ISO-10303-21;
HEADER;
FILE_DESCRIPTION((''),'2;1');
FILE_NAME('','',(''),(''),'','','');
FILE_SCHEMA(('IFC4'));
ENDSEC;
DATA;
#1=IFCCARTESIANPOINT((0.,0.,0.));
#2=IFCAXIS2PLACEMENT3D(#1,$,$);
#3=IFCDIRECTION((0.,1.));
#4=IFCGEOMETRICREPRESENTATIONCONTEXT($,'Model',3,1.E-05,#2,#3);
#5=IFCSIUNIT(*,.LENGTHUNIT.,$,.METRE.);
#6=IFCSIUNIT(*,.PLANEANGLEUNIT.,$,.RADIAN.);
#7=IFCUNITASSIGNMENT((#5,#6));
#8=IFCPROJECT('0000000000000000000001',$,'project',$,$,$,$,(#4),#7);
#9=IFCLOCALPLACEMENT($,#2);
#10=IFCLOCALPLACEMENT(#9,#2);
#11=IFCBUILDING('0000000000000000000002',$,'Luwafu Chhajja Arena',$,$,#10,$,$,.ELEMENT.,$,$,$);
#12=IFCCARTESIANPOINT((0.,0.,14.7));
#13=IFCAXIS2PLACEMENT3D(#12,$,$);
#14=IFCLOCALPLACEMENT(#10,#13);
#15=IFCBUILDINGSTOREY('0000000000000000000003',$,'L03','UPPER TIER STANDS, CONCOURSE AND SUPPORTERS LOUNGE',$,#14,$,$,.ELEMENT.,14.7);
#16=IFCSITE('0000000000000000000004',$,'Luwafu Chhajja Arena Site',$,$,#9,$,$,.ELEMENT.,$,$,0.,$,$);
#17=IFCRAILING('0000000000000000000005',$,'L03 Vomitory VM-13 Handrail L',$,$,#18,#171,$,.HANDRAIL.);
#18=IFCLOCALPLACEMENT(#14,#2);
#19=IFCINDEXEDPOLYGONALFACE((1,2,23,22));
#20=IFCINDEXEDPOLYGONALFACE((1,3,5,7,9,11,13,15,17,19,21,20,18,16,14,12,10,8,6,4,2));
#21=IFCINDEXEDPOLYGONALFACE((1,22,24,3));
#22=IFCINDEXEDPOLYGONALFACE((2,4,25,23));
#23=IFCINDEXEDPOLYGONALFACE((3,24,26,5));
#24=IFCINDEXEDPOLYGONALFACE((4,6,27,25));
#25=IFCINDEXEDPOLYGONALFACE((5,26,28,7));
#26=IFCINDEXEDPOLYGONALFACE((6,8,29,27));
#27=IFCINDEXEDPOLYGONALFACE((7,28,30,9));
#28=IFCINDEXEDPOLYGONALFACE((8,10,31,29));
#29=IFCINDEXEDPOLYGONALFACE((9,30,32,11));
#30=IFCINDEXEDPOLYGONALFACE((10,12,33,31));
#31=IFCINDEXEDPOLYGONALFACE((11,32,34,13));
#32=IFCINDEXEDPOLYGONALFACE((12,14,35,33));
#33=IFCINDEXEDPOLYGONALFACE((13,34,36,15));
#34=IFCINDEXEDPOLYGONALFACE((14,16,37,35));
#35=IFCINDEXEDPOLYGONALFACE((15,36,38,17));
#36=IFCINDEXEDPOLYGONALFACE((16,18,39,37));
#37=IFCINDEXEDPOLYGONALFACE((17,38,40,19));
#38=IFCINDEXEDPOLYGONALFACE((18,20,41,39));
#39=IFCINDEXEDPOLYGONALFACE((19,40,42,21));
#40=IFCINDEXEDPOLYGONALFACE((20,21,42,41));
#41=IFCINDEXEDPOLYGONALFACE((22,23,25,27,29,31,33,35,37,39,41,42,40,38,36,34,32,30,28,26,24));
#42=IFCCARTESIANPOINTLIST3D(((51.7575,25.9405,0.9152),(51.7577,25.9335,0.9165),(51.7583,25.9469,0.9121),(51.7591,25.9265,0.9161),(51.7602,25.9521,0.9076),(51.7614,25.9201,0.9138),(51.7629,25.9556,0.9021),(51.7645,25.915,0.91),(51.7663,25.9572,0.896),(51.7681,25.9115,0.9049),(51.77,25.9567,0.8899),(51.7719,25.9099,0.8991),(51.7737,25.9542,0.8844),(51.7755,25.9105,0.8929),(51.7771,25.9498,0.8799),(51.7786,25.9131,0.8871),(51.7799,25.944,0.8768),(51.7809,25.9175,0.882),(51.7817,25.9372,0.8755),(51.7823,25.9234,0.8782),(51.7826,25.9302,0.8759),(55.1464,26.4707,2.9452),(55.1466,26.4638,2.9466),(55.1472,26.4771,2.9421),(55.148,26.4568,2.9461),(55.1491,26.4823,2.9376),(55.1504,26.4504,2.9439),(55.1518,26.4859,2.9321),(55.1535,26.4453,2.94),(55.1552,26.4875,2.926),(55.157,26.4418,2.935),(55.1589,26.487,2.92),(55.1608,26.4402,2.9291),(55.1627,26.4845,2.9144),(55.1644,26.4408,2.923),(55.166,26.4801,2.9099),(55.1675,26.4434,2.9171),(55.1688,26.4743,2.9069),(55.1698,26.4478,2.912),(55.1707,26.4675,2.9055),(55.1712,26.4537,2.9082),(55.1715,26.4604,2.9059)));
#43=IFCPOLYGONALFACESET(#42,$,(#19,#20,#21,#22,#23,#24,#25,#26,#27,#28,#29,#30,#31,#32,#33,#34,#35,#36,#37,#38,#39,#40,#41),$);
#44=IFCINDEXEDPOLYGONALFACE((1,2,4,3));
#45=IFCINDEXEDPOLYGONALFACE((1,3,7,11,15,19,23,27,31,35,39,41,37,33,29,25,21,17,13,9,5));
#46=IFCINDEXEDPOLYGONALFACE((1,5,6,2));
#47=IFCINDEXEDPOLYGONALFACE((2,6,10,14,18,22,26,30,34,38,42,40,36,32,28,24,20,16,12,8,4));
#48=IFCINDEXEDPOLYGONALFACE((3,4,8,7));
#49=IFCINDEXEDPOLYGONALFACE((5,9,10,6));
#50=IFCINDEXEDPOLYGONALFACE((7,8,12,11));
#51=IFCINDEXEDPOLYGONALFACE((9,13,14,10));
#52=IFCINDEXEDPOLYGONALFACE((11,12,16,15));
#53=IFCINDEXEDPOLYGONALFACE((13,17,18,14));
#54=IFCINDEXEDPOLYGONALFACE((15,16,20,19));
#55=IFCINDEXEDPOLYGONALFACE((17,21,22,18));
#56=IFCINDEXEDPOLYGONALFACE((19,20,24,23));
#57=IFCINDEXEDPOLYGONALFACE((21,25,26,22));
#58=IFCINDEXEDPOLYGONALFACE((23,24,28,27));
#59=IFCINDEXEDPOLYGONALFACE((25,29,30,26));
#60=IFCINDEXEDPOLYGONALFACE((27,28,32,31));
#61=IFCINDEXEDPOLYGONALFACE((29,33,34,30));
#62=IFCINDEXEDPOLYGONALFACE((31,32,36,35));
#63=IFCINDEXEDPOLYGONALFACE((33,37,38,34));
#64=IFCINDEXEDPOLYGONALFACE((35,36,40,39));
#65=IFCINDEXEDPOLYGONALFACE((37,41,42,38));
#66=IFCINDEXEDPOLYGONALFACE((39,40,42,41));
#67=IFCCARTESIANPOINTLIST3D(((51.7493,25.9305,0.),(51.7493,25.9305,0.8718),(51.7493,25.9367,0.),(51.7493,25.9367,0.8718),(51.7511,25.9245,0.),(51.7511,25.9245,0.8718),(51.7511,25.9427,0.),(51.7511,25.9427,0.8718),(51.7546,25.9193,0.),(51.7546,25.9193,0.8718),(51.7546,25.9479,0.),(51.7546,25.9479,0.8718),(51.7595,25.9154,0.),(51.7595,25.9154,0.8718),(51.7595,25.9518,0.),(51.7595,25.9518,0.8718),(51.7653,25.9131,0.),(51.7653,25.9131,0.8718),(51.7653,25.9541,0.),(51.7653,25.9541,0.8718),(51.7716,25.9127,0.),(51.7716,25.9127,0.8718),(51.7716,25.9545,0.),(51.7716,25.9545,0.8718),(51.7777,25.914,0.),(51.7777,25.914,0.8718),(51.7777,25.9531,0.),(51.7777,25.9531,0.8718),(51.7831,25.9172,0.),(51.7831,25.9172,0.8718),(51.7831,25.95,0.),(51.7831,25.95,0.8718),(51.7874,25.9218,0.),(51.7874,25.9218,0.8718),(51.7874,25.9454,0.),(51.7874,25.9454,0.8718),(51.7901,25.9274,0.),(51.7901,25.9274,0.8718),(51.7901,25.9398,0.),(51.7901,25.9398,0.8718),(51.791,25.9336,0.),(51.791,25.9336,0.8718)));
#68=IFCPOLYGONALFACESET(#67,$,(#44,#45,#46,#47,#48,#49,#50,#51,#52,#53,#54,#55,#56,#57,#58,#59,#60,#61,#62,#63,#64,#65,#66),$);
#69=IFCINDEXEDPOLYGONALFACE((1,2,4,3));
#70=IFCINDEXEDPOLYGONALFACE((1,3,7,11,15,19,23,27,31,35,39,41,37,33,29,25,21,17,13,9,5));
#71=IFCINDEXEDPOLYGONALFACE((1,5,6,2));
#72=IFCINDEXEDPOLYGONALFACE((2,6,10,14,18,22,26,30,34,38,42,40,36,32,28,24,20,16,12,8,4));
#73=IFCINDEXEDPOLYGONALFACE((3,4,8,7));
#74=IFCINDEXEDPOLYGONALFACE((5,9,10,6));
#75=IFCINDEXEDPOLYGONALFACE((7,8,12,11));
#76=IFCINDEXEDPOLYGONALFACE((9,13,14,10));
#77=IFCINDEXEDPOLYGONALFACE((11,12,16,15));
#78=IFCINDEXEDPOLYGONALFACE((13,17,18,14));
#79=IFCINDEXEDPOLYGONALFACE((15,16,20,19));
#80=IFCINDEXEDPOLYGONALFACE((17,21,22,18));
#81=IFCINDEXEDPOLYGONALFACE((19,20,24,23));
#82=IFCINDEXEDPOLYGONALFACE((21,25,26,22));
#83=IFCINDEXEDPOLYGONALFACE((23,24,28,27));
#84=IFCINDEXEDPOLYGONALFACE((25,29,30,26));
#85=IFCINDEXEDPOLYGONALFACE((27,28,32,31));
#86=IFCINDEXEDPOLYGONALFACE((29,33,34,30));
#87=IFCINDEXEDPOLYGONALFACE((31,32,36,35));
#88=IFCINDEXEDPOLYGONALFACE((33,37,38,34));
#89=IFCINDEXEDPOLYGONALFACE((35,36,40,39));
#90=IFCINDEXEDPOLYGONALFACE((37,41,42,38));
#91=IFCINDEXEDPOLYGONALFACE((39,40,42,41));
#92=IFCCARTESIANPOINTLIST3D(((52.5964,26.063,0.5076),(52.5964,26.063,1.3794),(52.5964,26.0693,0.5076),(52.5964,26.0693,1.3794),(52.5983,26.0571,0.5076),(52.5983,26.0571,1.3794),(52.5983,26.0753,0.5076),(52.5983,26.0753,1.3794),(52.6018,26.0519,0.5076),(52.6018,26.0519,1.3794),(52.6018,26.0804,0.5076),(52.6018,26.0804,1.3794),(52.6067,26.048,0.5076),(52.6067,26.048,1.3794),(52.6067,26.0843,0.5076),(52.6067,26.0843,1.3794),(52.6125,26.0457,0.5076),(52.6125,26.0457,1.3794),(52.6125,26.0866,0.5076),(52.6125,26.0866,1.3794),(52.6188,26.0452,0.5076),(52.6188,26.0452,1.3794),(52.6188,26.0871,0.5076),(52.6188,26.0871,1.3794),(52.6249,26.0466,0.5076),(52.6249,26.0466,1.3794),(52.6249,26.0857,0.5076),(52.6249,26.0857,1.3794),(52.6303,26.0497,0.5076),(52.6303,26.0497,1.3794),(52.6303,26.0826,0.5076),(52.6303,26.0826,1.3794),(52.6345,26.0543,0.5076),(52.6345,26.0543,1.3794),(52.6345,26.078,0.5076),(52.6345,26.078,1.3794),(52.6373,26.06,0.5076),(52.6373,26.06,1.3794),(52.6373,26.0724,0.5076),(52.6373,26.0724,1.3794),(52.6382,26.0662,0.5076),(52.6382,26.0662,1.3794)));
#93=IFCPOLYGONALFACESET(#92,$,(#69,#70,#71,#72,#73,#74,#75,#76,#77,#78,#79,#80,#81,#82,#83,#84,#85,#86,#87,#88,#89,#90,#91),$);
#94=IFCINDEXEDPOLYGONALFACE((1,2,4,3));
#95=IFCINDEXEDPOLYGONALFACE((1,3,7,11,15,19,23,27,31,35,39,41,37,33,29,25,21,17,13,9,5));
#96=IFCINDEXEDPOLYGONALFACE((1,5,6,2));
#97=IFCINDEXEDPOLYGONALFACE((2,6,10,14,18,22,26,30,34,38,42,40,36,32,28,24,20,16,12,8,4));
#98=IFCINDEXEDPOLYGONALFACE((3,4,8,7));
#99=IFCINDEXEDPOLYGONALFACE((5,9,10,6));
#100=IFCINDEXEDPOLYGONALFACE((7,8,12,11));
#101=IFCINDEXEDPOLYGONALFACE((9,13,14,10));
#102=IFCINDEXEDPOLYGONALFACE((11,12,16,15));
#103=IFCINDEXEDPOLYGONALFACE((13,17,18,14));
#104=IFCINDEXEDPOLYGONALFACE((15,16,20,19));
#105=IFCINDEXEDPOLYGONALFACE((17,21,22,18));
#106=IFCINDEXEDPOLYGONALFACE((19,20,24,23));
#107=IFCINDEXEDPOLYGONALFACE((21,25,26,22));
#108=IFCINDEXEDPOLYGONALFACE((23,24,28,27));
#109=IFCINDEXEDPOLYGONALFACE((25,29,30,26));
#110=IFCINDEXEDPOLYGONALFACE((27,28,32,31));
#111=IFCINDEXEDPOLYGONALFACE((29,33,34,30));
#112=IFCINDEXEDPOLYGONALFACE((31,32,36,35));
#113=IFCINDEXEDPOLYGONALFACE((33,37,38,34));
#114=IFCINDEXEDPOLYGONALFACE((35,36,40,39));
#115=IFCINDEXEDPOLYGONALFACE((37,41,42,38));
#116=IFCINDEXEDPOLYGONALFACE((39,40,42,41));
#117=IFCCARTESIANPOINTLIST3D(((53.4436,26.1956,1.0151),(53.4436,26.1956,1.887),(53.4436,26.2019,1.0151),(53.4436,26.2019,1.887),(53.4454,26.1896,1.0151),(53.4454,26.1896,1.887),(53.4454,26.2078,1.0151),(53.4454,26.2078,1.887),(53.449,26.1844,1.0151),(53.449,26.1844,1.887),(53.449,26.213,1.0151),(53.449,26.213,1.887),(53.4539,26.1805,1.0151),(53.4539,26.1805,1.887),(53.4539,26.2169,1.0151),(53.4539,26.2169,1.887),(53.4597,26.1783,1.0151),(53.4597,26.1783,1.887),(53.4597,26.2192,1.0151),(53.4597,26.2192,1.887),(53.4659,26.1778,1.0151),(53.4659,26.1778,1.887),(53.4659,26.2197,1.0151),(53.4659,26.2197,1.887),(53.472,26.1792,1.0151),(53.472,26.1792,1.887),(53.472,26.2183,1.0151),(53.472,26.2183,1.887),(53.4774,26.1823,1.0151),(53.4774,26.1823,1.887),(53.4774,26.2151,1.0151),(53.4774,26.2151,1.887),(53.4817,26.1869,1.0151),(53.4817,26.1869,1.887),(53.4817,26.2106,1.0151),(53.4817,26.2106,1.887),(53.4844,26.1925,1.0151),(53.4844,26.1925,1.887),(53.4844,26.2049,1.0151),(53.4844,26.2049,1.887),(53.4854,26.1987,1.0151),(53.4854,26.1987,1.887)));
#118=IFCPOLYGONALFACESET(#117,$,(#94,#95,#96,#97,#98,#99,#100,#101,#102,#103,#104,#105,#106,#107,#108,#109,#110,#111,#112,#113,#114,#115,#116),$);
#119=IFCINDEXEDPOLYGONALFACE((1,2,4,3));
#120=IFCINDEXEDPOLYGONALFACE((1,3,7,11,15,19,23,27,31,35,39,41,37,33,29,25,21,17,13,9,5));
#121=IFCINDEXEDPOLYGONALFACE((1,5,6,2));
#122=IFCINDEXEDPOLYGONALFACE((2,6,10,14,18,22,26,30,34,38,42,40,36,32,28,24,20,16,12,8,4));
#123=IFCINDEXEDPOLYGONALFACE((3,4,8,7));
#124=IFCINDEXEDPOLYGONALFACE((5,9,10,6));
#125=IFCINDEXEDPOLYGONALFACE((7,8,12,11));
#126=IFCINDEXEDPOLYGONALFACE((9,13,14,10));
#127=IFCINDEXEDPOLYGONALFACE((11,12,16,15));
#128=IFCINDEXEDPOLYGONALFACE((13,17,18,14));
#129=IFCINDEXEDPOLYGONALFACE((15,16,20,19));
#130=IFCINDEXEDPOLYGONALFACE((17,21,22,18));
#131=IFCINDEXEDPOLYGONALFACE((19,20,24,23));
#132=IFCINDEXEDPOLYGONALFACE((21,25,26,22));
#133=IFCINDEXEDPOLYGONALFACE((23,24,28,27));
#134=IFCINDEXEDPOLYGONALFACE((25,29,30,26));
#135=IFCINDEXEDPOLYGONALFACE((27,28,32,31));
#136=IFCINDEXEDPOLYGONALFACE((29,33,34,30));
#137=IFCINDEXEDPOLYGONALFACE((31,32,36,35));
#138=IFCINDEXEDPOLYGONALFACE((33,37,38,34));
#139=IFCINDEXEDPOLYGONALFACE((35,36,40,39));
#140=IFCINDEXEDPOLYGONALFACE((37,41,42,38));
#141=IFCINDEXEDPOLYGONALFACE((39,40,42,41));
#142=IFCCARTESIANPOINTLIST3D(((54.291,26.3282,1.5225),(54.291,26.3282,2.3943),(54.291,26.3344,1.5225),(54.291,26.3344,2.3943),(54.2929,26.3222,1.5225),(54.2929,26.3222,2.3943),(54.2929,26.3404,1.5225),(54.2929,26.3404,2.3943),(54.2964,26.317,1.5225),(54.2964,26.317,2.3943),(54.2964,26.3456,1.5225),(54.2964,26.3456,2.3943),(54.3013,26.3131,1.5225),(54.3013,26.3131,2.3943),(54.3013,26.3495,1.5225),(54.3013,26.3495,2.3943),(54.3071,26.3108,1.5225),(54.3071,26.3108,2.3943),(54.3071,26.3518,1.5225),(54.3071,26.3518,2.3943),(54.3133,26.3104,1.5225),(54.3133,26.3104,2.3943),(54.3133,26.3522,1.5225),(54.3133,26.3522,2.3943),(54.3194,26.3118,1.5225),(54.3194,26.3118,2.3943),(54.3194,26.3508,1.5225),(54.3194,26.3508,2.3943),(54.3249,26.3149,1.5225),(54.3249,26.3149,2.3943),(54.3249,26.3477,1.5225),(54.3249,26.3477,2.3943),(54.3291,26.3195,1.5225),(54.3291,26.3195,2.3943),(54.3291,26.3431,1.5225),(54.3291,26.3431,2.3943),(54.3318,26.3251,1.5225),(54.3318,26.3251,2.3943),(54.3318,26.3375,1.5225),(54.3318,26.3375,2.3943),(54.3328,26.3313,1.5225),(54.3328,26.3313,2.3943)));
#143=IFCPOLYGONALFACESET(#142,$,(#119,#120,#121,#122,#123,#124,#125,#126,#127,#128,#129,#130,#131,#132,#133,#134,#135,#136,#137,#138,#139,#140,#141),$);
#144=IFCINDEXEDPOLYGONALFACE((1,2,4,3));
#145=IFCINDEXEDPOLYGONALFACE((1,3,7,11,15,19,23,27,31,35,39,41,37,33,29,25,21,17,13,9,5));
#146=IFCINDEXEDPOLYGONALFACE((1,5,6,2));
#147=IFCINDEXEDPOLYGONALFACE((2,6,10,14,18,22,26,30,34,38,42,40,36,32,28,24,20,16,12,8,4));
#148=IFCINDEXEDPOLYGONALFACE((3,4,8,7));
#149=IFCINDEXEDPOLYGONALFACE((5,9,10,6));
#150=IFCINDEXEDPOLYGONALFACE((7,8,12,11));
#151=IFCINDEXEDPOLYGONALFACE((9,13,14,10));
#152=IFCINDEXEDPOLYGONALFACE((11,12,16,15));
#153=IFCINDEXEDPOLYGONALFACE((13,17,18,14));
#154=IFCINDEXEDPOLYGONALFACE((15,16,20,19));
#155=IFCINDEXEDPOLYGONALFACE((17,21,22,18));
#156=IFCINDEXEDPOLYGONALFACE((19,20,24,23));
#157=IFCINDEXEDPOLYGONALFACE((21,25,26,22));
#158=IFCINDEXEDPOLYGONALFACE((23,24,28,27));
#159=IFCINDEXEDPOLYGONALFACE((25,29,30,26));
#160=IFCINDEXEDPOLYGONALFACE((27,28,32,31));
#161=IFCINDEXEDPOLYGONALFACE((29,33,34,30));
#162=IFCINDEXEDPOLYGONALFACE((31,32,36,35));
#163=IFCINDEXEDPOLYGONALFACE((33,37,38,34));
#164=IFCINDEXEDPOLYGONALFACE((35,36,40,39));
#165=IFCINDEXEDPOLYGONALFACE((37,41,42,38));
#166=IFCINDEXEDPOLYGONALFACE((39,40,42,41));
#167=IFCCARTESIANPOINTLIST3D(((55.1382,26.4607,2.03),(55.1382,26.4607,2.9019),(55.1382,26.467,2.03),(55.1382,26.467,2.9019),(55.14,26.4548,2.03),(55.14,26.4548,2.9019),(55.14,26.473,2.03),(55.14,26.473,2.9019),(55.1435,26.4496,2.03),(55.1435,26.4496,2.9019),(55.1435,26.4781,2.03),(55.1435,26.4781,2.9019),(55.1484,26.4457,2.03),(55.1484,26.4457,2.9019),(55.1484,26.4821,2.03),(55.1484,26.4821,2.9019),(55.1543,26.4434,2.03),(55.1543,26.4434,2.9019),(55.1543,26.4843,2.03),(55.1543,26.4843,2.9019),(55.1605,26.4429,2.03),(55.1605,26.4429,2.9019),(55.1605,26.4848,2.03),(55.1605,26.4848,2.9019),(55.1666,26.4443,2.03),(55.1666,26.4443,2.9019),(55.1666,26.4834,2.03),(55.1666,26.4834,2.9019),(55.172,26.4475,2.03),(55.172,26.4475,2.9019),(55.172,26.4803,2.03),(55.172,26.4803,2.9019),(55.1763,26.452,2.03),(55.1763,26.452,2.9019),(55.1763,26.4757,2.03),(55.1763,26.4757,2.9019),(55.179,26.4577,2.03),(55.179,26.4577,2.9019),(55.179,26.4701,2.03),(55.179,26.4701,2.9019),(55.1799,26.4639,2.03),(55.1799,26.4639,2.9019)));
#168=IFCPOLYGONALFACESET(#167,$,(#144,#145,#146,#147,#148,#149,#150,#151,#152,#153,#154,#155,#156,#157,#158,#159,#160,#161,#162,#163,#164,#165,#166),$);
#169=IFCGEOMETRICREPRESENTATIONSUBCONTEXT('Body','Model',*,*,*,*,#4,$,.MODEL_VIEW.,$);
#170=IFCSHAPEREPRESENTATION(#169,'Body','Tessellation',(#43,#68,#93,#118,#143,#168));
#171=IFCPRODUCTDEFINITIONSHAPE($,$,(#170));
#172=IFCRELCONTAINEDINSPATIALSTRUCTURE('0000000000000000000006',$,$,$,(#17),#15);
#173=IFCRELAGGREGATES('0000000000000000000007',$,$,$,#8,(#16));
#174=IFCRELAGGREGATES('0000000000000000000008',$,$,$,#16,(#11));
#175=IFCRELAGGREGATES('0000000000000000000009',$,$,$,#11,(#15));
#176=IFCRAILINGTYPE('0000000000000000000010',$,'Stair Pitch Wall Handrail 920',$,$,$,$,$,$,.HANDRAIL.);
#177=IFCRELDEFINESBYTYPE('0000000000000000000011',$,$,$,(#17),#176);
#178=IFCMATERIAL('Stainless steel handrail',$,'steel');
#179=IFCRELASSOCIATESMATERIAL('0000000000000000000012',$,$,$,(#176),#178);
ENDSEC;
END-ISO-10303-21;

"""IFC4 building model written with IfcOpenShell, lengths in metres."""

from ifc_helpers import new_model, si_unit, direction, frame, origin, origin_2d, place, context, subcontext, project, spatial, circle, extrude, material, type_object, element, save


model = new_model("IFC4")

# Units and contexts
model_context = context("Model", 3, precision=1e-05, world=origin(), true_north=direction((0.0, 1.0)))
body_context = subcontext(model_context, "Body", "Model", "MODEL_VIEW")
ifc_project = project(units=[si_unit("LENGTHUNIT", "METRE"), si_unit("PLANEANGLEUNIT", "RADIAN")], contexts=[model_context])

# Site, building, storey
site_placement = place(None, origin())
site = spatial("IfcSite", under=ifc_project, at=site_placement, Name="Luwafu Chhajja Arena Site", CompositionType="ELEMENT", RefElevation=0.0)
building_placement = place(site_placement, origin())
building = spatial("IfcBuilding", under=site, at=building_placement, Name="Luwafu Chhajja Arena", CompositionType="ELEMENT")
storey_placement = place(building_placement, frame((0.0, 0.0, 14.7)))
storey = spatial("IfcBuildingStorey", under=building, at=storey_placement, Name="L03", Description="UPPER TIER STANDS, CONCOURSE AND SUPPORTERS LOUNGE", CompositionType="ELEMENT", Elevation=14.7)

# Railing
ifc_material_1 = material(Name="Stainless steel handrail", Category="steel")
railing_type_1 = type_object("IfcRailingType", Name="Stair Pitch Wall Handrail 920", PredefinedType="HANDRAIL", material=ifc_material_1)
railing_1_placement = place(storey_placement, frame((51.77, 25.9336, 0.0)))
element("IfcRailing", 1, at=railing_1_placement, inside=storey, type_object=railing_type_1, Name="L03 Vomitory VM-13 Handrail L", PredefinedType="HANDRAIL", context=body_context, shape_type="SweptSolid", body=[
    extrude(circle(Radius=0.0239, at=origin_2d()), frame((0.0, 0.0, 0.896), z_axis=(0.850238, 0.133039, 0.50931), x_axis=(-0.154592, 0.987978, 0.0)), (0.0, 0.0, 1.0), 3.9858),
    extrude(circle(Radius=0.021, at=origin_2d()), origin(), (0.0, 0.0, 1.0), 0.8718),
    extrude(circle(Radius=0.021, at=origin_2d()), frame((0.8472, 0.1326, 0.5076)), (0.0, 0.0, 1.0), 0.8718),
    extrude(circle(Radius=0.021, at=origin_2d()), frame((1.6943, 0.2651, 1.0151)), (0.0, 0.0, 1.0), 0.8718),
    extrude(circle(Radius=0.021, at=origin_2d()), frame((2.5417, 0.3977, 1.5225)), (0.0, 0.0, 1.0), 0.8718),
    extrude(circle(Radius=0.021, at=origin_2d()), frame((3.3889, 0.5303, 2.03)), (0.0, 0.0, 1.0), 0.8718),
])

save(model, "model.ifc")
